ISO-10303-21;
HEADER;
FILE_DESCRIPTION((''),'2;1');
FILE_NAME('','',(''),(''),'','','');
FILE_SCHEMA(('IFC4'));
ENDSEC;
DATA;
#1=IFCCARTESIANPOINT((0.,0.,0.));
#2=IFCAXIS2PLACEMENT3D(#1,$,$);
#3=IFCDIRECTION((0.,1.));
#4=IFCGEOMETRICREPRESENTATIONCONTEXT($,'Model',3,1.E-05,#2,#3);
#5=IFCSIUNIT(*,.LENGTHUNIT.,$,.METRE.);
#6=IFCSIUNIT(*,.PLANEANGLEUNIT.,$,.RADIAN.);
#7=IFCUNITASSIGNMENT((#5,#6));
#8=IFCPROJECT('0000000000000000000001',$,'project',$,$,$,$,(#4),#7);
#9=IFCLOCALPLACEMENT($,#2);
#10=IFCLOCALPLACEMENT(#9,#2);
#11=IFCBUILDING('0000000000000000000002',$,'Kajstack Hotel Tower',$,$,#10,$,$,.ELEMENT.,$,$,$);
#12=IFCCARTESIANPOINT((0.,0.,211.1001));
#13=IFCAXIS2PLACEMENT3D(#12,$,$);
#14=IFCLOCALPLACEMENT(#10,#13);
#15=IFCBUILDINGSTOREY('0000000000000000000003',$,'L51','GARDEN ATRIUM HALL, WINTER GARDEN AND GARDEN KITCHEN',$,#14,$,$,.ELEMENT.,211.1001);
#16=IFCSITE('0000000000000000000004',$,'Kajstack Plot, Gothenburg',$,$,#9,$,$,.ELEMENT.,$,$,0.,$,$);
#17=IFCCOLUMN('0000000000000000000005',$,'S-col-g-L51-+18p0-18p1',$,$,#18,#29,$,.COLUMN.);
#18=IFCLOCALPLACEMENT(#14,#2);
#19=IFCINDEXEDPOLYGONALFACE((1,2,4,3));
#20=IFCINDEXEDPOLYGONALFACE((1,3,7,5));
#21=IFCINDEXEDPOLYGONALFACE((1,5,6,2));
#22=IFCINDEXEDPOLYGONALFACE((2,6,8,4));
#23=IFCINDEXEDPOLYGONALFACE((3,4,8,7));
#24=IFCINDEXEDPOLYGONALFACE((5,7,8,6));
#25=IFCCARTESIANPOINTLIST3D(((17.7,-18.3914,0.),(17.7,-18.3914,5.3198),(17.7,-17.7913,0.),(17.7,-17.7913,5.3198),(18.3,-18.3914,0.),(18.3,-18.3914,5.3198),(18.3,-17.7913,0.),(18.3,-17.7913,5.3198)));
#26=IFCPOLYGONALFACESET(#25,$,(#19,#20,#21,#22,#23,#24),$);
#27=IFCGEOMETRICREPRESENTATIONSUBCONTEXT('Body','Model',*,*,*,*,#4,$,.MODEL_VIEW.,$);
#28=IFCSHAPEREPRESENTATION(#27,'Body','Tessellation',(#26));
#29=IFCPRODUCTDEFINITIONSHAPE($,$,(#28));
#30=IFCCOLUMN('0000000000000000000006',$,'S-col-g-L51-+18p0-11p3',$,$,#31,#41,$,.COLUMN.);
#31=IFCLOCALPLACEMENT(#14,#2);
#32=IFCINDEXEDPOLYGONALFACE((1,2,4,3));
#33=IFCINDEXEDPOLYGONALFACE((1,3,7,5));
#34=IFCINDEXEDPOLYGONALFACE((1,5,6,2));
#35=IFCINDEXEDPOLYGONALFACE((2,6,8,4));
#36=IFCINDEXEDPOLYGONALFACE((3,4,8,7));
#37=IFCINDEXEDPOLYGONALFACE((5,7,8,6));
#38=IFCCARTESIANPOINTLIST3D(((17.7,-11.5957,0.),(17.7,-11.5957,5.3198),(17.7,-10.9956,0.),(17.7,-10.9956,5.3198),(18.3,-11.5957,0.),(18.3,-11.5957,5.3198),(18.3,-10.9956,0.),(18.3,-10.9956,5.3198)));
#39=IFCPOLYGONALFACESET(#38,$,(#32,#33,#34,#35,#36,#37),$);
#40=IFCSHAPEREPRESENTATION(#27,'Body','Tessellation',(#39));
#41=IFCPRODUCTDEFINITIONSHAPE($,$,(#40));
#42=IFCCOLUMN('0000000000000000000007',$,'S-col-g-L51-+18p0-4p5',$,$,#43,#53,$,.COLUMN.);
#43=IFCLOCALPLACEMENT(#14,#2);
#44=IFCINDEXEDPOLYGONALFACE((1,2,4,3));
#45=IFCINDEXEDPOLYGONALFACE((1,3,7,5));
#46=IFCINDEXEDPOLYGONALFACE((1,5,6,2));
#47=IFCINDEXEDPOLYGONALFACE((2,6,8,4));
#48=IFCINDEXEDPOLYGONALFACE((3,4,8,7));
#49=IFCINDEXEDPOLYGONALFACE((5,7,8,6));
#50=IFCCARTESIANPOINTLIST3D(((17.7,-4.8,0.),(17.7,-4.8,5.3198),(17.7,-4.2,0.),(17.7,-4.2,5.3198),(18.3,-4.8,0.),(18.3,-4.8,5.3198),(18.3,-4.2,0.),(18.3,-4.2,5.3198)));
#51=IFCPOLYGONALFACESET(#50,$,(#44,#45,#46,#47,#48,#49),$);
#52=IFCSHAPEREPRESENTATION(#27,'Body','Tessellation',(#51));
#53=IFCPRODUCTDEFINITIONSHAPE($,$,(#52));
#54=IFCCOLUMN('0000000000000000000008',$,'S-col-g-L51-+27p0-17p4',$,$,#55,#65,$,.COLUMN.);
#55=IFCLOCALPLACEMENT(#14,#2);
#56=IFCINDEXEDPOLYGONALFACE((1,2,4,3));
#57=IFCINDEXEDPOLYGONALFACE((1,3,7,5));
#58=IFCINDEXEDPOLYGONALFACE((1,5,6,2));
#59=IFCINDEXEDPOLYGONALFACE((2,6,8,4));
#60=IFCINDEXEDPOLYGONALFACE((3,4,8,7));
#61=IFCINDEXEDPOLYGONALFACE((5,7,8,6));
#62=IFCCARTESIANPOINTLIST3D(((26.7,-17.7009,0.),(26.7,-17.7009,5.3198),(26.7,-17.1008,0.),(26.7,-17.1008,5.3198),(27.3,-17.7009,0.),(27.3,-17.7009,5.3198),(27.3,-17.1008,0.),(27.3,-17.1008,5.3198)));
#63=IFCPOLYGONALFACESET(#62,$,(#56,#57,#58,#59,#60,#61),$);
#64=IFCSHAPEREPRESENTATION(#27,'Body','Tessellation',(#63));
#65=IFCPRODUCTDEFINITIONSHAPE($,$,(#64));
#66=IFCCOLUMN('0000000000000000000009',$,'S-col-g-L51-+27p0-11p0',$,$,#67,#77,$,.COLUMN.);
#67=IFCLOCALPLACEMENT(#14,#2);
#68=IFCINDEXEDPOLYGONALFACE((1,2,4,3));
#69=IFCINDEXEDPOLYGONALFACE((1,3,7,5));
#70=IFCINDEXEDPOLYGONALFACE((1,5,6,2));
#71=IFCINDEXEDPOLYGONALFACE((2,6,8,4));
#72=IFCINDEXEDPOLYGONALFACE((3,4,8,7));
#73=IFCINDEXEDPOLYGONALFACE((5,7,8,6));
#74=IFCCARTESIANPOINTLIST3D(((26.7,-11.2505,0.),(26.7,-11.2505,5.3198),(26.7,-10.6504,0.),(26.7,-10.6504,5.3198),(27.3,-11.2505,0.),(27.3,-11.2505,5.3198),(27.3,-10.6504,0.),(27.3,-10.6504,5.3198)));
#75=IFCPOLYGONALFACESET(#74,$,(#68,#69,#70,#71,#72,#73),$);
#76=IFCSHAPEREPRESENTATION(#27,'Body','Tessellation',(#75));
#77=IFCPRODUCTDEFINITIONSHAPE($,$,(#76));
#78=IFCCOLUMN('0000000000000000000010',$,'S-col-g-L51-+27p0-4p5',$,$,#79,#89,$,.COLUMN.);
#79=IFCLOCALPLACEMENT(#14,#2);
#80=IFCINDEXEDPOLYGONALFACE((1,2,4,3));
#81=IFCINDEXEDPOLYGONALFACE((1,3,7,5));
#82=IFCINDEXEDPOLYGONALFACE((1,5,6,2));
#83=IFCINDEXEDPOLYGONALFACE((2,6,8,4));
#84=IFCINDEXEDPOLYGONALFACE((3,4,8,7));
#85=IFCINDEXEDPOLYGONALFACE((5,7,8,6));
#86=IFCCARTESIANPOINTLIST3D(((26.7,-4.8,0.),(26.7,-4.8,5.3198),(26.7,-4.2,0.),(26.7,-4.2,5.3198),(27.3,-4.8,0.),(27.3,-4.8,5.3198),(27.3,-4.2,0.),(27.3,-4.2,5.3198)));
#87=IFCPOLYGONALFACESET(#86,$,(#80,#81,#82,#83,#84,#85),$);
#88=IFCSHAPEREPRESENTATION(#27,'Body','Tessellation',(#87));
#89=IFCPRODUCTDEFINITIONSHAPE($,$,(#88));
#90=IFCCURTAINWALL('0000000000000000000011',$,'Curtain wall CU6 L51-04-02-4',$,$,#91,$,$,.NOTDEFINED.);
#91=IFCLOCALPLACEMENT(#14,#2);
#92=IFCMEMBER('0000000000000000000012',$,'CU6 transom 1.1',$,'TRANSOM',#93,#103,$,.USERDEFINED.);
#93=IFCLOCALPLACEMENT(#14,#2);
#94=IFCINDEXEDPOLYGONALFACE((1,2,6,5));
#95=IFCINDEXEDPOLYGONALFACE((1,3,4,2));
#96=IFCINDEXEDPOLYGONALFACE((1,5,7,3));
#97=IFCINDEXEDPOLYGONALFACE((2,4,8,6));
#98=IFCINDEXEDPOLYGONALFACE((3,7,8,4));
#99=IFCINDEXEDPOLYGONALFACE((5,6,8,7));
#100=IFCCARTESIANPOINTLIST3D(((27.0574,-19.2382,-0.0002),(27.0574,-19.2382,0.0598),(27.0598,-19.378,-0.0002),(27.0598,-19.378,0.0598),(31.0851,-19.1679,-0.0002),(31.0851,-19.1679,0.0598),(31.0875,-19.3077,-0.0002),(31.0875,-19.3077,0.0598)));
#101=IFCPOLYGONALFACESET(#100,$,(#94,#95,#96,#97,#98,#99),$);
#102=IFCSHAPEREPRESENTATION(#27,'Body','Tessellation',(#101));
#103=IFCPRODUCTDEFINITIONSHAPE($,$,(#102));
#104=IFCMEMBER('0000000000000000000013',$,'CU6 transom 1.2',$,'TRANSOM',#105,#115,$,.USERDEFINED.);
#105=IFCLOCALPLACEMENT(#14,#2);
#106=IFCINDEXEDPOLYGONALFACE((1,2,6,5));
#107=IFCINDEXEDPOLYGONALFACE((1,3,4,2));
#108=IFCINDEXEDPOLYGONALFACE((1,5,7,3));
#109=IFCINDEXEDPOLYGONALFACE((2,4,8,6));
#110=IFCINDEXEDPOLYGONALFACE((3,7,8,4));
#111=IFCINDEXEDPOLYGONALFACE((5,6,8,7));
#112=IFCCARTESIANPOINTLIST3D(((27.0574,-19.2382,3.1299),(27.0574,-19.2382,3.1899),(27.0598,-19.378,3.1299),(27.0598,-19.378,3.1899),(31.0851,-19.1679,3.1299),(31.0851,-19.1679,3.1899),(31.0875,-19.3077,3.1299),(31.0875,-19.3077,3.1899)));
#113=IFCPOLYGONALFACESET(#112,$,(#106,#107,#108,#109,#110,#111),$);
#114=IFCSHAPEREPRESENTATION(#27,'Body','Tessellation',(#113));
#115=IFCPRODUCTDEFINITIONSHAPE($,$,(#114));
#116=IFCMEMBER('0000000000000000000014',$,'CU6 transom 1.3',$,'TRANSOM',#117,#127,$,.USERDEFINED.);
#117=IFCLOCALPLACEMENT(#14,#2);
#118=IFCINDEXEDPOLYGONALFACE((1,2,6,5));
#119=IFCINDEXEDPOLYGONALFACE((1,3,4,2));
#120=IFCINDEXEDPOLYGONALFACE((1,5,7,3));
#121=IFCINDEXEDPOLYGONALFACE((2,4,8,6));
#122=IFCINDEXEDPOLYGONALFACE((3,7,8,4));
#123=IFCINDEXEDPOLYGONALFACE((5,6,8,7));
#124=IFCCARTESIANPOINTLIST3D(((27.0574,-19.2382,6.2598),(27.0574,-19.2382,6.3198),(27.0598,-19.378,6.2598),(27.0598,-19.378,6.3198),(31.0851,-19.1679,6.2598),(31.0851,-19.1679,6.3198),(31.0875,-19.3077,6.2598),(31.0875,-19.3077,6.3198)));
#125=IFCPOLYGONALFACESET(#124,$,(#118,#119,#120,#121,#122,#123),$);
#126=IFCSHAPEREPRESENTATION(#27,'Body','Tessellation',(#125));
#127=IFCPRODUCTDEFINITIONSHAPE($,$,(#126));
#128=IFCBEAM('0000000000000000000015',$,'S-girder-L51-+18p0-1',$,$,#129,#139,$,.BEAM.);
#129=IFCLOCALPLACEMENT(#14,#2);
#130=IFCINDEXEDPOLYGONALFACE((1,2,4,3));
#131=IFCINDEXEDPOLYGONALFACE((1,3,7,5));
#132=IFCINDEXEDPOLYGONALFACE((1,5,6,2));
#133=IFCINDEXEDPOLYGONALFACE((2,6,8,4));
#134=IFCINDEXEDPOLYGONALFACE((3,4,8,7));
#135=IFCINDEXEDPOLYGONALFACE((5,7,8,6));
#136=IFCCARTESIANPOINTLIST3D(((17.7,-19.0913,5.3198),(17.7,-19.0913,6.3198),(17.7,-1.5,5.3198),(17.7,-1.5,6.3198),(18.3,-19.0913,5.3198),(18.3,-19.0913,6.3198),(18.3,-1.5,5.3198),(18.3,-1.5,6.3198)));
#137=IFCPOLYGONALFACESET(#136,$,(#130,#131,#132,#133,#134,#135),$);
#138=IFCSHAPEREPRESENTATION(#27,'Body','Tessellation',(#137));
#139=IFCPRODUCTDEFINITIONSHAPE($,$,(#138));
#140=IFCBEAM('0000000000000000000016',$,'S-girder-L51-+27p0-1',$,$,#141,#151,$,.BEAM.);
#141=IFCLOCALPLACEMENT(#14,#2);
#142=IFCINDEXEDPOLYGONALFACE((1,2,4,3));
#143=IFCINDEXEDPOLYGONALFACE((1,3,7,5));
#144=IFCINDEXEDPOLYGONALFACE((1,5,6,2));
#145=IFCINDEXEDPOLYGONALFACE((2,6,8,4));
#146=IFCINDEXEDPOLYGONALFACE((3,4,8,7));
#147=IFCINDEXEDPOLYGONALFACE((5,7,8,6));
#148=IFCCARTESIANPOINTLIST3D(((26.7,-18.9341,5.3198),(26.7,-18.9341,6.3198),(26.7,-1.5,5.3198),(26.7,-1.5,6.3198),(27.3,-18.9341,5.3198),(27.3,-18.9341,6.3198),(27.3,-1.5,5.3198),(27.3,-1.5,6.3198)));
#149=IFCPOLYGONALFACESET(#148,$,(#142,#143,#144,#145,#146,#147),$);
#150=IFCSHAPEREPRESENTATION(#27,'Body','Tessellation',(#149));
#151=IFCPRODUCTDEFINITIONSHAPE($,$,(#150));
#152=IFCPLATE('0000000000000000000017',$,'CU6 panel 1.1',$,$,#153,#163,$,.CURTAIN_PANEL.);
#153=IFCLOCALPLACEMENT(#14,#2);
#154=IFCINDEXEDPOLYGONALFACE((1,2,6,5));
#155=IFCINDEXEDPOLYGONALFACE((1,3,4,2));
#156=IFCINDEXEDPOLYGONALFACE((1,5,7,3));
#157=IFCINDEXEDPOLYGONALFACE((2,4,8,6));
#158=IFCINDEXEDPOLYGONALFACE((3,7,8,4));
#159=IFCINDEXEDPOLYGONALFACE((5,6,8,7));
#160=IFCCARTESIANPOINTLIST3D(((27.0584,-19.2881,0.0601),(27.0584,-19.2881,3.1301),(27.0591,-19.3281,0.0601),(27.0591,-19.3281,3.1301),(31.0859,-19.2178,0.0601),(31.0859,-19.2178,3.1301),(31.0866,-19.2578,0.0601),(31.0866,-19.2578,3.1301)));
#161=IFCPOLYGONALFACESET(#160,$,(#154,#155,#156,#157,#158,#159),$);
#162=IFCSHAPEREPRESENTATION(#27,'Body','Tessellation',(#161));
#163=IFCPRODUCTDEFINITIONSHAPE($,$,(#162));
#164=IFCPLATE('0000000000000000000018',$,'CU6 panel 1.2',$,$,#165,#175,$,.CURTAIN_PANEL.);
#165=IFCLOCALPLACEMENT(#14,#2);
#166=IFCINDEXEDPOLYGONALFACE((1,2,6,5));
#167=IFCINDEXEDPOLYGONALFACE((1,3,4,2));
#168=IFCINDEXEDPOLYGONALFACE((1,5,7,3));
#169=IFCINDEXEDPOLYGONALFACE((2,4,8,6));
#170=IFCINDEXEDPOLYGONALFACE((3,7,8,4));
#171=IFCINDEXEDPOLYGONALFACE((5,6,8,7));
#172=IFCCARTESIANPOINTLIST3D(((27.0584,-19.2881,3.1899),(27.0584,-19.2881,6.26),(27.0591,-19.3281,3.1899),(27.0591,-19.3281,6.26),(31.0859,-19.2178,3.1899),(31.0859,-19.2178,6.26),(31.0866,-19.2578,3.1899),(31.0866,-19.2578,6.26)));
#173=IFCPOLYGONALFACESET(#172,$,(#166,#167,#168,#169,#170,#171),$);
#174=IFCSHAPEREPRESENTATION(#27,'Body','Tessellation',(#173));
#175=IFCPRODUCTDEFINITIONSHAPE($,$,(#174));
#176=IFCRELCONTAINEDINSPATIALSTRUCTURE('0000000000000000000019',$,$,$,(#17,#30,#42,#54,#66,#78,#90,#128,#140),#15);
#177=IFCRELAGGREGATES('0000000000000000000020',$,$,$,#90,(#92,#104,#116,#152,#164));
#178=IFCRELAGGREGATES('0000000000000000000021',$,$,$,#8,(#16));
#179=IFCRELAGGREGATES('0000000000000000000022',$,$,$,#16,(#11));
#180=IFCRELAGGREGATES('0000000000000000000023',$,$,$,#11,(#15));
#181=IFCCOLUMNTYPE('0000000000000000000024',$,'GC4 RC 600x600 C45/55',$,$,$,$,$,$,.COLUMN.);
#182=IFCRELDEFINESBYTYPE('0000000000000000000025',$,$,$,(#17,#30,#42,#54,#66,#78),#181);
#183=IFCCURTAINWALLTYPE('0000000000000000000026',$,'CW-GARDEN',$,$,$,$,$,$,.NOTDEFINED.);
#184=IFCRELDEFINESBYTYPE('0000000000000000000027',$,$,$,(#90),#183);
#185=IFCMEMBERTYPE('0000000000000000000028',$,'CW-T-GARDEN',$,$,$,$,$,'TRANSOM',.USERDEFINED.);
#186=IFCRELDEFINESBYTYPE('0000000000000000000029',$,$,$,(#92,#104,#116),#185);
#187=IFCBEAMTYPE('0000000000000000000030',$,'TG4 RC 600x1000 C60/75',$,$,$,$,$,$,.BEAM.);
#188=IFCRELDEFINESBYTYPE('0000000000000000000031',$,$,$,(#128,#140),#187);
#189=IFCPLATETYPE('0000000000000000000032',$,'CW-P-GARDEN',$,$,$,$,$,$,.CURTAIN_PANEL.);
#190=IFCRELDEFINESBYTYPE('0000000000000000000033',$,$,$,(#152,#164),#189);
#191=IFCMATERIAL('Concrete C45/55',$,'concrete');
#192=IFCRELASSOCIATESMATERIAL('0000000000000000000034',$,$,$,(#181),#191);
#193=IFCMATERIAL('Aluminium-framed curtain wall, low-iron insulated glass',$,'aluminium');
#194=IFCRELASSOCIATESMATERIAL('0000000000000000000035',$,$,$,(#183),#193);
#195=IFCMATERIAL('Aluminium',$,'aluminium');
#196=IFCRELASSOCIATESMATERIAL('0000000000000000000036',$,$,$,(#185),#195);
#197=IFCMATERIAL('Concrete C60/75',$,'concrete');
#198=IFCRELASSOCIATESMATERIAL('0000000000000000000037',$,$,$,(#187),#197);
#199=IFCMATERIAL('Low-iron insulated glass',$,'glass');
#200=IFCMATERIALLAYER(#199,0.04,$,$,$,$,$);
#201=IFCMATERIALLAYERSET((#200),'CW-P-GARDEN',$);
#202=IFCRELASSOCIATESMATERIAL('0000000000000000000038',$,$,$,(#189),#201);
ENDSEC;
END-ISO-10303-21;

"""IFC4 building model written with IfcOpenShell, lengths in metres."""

from ifc_helpers import new_model, si_unit, direction, frame, origin, origin_2d, place, context, subcontext, project, spatial, rectangle, extrude, material, layer, layer_set, material_profile, profile_set, type_object, element, aggregate, save


model = new_model("IFC4")

# Units and contexts
model_context = context("Model", 3, precision=1e-05, world=origin(), true_north=direction((0.0, 1.0)))
body_context = subcontext(model_context, "Body", "Model", "MODEL_VIEW")
ifc_project = project(units=[si_unit("LENGTHUNIT", "METRE"), si_unit("PLANEANGLEUNIT", "RADIAN")], contexts=[model_context])

# Site, building, storey
site_placement = place(None, origin())
site = spatial("IfcSite", under=ifc_project, at=site_placement, Name="Kajstack Plot, Gothenburg", CompositionType="ELEMENT", RefElevation=0.0)
building_placement = place(site_placement, origin())
building = spatial("IfcBuilding", under=site, at=building_placement, Name="Kajstack Hotel Tower", CompositionType="ELEMENT")
storey_placement = place(building_placement, frame((0.0, 0.0, 211.1001)))
storey = spatial("IfcBuildingStorey", under=building, at=storey_placement, Name="L51", Description="GARDEN ATRIUM HALL, WINTER GARDEN AND GARDEN KITCHEN", CompositionType="ELEMENT", Elevation=211.1001)

# Columns
ifc_material_1 = material(Name="Concrete C45/55", Category="concrete")
ifc_material_profile_1 = material_profile(ifc_material_1, rectangle(XDim=0.6001, YDim=0.6001, at=origin_2d()), Name="RC 600x600")
ifc_profile_set_1 = profile_set([ifc_material_profile_1], Name="Concrete C45/55")
column_type = type_object("IfcColumnType", Name="GC4 RC 600x600 C45/55", PredefinedType="COLUMN", material=ifc_profile_set_1)
for number, where, z_axis, x_axis, name in (
    (1, (18.0, -18.0913, 0.0), (0.0, 0.0, 1.0), (1.0, 0.0, 0.0), "S-col-g-L51-+18p0-18p1"),
    (2, (18.0, -11.2957, 0.0), (0.0, 0.0, 1.0), (1.0, 0.0, 0.0), "S-col-g-L51-+18p0-11p3"),
    (3, (18.0, -4.5, 0.0), (0.0, 0.0, 1.0), (1.0, 0.0, 0.0), "S-col-g-L51-+18p0-4p5"),
    (4, (27.0, -17.4009, 0.0), (0.0, 0.0, 1.0), (1.0, 0.0, 0.0), "S-col-g-L51-+27p0-17p4"),
    (5, (27.0, -10.9504, 0.0), (0.0, 0.0, 1.0), (1.0, 0.0, 0.0), "S-col-g-L51-+27p0-11p0"),
    (6, (27.0, -4.5, 0.0), (0.0, 0.0, 1.0), (1.0, 0.0, 0.0), "S-col-g-L51-+27p0-4p5"),
):
    element("IfcColumn", number, at=place(storey_placement, frame(where, z_axis=z_axis, x_axis=x_axis)), inside=storey, type_object=column_type, Name=name, PredefinedType="COLUMN", context=body_context, shape_type="SweptSolid", body=[
        extrude(rectangle(XDim=0.6001, YDim=0.6001, at=origin_2d()), origin(), (0.0, 0.0, 1.0), 5.3198),
    ])

# Curtain wall, members
ifc_material_2 = material(Name="Aluminium-framed curtain wall, low-iron insulated glass", Category="aluminium")
curtain_wall_type = type_object("IfcCurtainWallType", Name="CW-GARDEN", PredefinedType="NOTDEFINED", material=ifc_material_2)
curtain_wall_placement = place(storey_placement, origin())
curtain_wall = element("IfcCurtainWall", 7, at=curtain_wall_placement, inside=storey, type_object=curtain_wall_type, Name="Curtain wall CU6 L51-04-02-4", PredefinedType="NOTDEFINED")
ifc_material_3 = material(Name="Aluminium", Category="aluminium")
ifc_material_profile_2 = material_profile(ifc_material_3, rectangle(XDim=0.1399, YDim=0.0601, at=origin_2d()), Name="Aluminium transom 140 x 60")
ifc_profile_set_2 = profile_set([ifc_material_profile_2], Name="Aluminium")
member_type = type_object("IfcMemberType", Name="CW-T-GARDEN", ElementType="TRANSOM", PredefinedType="USERDEFINED", material=ifc_profile_set_2)
member_1_placement = place(storey_placement, frame((27.0586, -19.3081, 0.0298), z_axis=(0.999848, 0.017455, 0.0), x_axis=(-0.017455, 0.999848, 0.0)))
member_1 = element("IfcMember", 8, at=member_1_placement, type_object=member_type, Name="CU6 transom 1.1", ObjectType="TRANSOM", PredefinedType="USERDEFINED", context=body_context, shape_type="SweptSolid", body=[
    extrude(rectangle(XDim=0.1399, YDim=0.0601, at=origin_2d()), origin(), (0.0, 0.0, 1.0), 4.0283),
])
member_2_placement = place(storey_placement, frame((27.0586, -19.3081, 3.1599), z_axis=(0.999848, 0.017455, 0.0), x_axis=(-0.017455, 0.999848, 0.0)))
member_2 = element("IfcMember", 9, at=member_2_placement, type_object=member_type, Name="CU6 transom 1.2", ObjectType="TRANSOM", PredefinedType="USERDEFINED", context=body_context, shape_type="SweptSolid", body=[
    extrude(rectangle(XDim=0.1399, YDim=0.0601, at=origin_2d()), origin(), (0.0, 0.0, 1.0), 4.0283),
])
member_3_placement = place(storey_placement, frame((27.0586, -19.3081, 6.2898), z_axis=(0.999848, 0.017455, 0.0), x_axis=(-0.017455, 0.999848, 0.0)))
member_3 = element("IfcMember", 10, at=member_3_placement, type_object=member_type, Name="CU6 transom 1.3", ObjectType="TRANSOM", PredefinedType="USERDEFINED", context=body_context, shape_type="SweptSolid", body=[
    extrude(rectangle(XDim=0.1399, YDim=0.0601, at=origin_2d()), origin(), (0.0, 0.0, 1.0), 4.0283),
])

# Beams
ifc_material_4 = material(Name="Concrete C60/75", Category="concrete")
ifc_material_profile_3 = material_profile(ifc_material_4, rectangle(XDim=0.6001, YDim=1.0, at=origin_2d()), Name="RC 600x1000")
ifc_profile_set_3 = profile_set([ifc_material_profile_3], Name="Concrete C60/75")
beam_type = type_object("IfcBeamType", Name="TG4 RC 600x1000 C60/75", PredefinedType="BEAM", material=ifc_profile_set_3)
beam_1_placement = place(storey_placement, frame((18.0, -19.0913, 5.8198), z_axis=(0.0, 1.0, 0.0), x_axis=(-1.0, 0.0, 0.0)))
element("IfcBeam", 11, at=beam_1_placement, inside=storey, type_object=beam_type, Name="S-girder-L51-+18p0-1", PredefinedType="BEAM", context=body_context, shape_type="SweptSolid", body=[
    extrude(rectangle(XDim=0.6001, YDim=1.0, at=origin_2d()), origin(), (0.0, 0.0, 1.0), 17.5913),
])
beam_2_placement = place(storey_placement, frame((27.0, -18.9341, 5.8198), z_axis=(0.0, 1.0, 0.0), x_axis=(-1.0, 0.0, 0.0)))
element("IfcBeam", 12, at=beam_2_placement, inside=storey, type_object=beam_type, Name="S-girder-L51-+27p0-1", PredefinedType="BEAM", context=body_context, shape_type="SweptSolid", body=[
    extrude(rectangle(XDim=0.6001, YDim=1.0, at=origin_2d()), origin(), (0.0, 0.0, 1.0), 17.4341),
])

# Plates
ifc_material_5 = material(Name="Low-iron insulated glass", Category="glass")
ifc_layer_1 = layer(ifc_material_5, 0.04)
ifc_layer_set_1 = layer_set([ifc_layer_1], Name="CW-P-GARDEN")
plate_type = type_object("IfcPlateType", Name="CW-P-GARDEN", PredefinedType="CURTAIN_PANEL", material=ifc_layer_set_1)
plate_1_placement = place(storey_placement, frame((29.0725, -19.2729, 0.0601), z_axis=(0.0, 0.0, 1.0), x_axis=(0.999848, 0.017453, 0.0)))
plate_1 = element("IfcPlate", 13, at=plate_1_placement, type_object=plate_type, Name="CU6 panel 1.1", PredefinedType="CURTAIN_PANEL", context=body_context, shape_type="SweptSolid", body=[
    extrude(rectangle(XDim=4.0281, YDim=0.04, at=origin_2d()), origin(), (0.0, 0.0, 1.0), 3.0701),
])
plate_2_placement = place(storey_placement, frame((29.0725, -19.2729, 3.1899), z_axis=(0.0, 0.0, 1.0), x_axis=(0.999848, 0.017453, 0.0)))
plate_2 = element("IfcPlate", 14, at=plate_2_placement, type_object=plate_type, Name="CU6 panel 1.2", PredefinedType="CURTAIN_PANEL", context=body_context, shape_type="SweptSolid", body=[
    extrude(rectangle(XDim=4.0281, YDim=0.04, at=origin_2d()), origin(), (0.0, 0.0, 1.0), 3.0701),
])
aggregate(curtain_wall, [member_1, member_2, member_3, plate_1, plate_2])

save(model, "model.ifc")
